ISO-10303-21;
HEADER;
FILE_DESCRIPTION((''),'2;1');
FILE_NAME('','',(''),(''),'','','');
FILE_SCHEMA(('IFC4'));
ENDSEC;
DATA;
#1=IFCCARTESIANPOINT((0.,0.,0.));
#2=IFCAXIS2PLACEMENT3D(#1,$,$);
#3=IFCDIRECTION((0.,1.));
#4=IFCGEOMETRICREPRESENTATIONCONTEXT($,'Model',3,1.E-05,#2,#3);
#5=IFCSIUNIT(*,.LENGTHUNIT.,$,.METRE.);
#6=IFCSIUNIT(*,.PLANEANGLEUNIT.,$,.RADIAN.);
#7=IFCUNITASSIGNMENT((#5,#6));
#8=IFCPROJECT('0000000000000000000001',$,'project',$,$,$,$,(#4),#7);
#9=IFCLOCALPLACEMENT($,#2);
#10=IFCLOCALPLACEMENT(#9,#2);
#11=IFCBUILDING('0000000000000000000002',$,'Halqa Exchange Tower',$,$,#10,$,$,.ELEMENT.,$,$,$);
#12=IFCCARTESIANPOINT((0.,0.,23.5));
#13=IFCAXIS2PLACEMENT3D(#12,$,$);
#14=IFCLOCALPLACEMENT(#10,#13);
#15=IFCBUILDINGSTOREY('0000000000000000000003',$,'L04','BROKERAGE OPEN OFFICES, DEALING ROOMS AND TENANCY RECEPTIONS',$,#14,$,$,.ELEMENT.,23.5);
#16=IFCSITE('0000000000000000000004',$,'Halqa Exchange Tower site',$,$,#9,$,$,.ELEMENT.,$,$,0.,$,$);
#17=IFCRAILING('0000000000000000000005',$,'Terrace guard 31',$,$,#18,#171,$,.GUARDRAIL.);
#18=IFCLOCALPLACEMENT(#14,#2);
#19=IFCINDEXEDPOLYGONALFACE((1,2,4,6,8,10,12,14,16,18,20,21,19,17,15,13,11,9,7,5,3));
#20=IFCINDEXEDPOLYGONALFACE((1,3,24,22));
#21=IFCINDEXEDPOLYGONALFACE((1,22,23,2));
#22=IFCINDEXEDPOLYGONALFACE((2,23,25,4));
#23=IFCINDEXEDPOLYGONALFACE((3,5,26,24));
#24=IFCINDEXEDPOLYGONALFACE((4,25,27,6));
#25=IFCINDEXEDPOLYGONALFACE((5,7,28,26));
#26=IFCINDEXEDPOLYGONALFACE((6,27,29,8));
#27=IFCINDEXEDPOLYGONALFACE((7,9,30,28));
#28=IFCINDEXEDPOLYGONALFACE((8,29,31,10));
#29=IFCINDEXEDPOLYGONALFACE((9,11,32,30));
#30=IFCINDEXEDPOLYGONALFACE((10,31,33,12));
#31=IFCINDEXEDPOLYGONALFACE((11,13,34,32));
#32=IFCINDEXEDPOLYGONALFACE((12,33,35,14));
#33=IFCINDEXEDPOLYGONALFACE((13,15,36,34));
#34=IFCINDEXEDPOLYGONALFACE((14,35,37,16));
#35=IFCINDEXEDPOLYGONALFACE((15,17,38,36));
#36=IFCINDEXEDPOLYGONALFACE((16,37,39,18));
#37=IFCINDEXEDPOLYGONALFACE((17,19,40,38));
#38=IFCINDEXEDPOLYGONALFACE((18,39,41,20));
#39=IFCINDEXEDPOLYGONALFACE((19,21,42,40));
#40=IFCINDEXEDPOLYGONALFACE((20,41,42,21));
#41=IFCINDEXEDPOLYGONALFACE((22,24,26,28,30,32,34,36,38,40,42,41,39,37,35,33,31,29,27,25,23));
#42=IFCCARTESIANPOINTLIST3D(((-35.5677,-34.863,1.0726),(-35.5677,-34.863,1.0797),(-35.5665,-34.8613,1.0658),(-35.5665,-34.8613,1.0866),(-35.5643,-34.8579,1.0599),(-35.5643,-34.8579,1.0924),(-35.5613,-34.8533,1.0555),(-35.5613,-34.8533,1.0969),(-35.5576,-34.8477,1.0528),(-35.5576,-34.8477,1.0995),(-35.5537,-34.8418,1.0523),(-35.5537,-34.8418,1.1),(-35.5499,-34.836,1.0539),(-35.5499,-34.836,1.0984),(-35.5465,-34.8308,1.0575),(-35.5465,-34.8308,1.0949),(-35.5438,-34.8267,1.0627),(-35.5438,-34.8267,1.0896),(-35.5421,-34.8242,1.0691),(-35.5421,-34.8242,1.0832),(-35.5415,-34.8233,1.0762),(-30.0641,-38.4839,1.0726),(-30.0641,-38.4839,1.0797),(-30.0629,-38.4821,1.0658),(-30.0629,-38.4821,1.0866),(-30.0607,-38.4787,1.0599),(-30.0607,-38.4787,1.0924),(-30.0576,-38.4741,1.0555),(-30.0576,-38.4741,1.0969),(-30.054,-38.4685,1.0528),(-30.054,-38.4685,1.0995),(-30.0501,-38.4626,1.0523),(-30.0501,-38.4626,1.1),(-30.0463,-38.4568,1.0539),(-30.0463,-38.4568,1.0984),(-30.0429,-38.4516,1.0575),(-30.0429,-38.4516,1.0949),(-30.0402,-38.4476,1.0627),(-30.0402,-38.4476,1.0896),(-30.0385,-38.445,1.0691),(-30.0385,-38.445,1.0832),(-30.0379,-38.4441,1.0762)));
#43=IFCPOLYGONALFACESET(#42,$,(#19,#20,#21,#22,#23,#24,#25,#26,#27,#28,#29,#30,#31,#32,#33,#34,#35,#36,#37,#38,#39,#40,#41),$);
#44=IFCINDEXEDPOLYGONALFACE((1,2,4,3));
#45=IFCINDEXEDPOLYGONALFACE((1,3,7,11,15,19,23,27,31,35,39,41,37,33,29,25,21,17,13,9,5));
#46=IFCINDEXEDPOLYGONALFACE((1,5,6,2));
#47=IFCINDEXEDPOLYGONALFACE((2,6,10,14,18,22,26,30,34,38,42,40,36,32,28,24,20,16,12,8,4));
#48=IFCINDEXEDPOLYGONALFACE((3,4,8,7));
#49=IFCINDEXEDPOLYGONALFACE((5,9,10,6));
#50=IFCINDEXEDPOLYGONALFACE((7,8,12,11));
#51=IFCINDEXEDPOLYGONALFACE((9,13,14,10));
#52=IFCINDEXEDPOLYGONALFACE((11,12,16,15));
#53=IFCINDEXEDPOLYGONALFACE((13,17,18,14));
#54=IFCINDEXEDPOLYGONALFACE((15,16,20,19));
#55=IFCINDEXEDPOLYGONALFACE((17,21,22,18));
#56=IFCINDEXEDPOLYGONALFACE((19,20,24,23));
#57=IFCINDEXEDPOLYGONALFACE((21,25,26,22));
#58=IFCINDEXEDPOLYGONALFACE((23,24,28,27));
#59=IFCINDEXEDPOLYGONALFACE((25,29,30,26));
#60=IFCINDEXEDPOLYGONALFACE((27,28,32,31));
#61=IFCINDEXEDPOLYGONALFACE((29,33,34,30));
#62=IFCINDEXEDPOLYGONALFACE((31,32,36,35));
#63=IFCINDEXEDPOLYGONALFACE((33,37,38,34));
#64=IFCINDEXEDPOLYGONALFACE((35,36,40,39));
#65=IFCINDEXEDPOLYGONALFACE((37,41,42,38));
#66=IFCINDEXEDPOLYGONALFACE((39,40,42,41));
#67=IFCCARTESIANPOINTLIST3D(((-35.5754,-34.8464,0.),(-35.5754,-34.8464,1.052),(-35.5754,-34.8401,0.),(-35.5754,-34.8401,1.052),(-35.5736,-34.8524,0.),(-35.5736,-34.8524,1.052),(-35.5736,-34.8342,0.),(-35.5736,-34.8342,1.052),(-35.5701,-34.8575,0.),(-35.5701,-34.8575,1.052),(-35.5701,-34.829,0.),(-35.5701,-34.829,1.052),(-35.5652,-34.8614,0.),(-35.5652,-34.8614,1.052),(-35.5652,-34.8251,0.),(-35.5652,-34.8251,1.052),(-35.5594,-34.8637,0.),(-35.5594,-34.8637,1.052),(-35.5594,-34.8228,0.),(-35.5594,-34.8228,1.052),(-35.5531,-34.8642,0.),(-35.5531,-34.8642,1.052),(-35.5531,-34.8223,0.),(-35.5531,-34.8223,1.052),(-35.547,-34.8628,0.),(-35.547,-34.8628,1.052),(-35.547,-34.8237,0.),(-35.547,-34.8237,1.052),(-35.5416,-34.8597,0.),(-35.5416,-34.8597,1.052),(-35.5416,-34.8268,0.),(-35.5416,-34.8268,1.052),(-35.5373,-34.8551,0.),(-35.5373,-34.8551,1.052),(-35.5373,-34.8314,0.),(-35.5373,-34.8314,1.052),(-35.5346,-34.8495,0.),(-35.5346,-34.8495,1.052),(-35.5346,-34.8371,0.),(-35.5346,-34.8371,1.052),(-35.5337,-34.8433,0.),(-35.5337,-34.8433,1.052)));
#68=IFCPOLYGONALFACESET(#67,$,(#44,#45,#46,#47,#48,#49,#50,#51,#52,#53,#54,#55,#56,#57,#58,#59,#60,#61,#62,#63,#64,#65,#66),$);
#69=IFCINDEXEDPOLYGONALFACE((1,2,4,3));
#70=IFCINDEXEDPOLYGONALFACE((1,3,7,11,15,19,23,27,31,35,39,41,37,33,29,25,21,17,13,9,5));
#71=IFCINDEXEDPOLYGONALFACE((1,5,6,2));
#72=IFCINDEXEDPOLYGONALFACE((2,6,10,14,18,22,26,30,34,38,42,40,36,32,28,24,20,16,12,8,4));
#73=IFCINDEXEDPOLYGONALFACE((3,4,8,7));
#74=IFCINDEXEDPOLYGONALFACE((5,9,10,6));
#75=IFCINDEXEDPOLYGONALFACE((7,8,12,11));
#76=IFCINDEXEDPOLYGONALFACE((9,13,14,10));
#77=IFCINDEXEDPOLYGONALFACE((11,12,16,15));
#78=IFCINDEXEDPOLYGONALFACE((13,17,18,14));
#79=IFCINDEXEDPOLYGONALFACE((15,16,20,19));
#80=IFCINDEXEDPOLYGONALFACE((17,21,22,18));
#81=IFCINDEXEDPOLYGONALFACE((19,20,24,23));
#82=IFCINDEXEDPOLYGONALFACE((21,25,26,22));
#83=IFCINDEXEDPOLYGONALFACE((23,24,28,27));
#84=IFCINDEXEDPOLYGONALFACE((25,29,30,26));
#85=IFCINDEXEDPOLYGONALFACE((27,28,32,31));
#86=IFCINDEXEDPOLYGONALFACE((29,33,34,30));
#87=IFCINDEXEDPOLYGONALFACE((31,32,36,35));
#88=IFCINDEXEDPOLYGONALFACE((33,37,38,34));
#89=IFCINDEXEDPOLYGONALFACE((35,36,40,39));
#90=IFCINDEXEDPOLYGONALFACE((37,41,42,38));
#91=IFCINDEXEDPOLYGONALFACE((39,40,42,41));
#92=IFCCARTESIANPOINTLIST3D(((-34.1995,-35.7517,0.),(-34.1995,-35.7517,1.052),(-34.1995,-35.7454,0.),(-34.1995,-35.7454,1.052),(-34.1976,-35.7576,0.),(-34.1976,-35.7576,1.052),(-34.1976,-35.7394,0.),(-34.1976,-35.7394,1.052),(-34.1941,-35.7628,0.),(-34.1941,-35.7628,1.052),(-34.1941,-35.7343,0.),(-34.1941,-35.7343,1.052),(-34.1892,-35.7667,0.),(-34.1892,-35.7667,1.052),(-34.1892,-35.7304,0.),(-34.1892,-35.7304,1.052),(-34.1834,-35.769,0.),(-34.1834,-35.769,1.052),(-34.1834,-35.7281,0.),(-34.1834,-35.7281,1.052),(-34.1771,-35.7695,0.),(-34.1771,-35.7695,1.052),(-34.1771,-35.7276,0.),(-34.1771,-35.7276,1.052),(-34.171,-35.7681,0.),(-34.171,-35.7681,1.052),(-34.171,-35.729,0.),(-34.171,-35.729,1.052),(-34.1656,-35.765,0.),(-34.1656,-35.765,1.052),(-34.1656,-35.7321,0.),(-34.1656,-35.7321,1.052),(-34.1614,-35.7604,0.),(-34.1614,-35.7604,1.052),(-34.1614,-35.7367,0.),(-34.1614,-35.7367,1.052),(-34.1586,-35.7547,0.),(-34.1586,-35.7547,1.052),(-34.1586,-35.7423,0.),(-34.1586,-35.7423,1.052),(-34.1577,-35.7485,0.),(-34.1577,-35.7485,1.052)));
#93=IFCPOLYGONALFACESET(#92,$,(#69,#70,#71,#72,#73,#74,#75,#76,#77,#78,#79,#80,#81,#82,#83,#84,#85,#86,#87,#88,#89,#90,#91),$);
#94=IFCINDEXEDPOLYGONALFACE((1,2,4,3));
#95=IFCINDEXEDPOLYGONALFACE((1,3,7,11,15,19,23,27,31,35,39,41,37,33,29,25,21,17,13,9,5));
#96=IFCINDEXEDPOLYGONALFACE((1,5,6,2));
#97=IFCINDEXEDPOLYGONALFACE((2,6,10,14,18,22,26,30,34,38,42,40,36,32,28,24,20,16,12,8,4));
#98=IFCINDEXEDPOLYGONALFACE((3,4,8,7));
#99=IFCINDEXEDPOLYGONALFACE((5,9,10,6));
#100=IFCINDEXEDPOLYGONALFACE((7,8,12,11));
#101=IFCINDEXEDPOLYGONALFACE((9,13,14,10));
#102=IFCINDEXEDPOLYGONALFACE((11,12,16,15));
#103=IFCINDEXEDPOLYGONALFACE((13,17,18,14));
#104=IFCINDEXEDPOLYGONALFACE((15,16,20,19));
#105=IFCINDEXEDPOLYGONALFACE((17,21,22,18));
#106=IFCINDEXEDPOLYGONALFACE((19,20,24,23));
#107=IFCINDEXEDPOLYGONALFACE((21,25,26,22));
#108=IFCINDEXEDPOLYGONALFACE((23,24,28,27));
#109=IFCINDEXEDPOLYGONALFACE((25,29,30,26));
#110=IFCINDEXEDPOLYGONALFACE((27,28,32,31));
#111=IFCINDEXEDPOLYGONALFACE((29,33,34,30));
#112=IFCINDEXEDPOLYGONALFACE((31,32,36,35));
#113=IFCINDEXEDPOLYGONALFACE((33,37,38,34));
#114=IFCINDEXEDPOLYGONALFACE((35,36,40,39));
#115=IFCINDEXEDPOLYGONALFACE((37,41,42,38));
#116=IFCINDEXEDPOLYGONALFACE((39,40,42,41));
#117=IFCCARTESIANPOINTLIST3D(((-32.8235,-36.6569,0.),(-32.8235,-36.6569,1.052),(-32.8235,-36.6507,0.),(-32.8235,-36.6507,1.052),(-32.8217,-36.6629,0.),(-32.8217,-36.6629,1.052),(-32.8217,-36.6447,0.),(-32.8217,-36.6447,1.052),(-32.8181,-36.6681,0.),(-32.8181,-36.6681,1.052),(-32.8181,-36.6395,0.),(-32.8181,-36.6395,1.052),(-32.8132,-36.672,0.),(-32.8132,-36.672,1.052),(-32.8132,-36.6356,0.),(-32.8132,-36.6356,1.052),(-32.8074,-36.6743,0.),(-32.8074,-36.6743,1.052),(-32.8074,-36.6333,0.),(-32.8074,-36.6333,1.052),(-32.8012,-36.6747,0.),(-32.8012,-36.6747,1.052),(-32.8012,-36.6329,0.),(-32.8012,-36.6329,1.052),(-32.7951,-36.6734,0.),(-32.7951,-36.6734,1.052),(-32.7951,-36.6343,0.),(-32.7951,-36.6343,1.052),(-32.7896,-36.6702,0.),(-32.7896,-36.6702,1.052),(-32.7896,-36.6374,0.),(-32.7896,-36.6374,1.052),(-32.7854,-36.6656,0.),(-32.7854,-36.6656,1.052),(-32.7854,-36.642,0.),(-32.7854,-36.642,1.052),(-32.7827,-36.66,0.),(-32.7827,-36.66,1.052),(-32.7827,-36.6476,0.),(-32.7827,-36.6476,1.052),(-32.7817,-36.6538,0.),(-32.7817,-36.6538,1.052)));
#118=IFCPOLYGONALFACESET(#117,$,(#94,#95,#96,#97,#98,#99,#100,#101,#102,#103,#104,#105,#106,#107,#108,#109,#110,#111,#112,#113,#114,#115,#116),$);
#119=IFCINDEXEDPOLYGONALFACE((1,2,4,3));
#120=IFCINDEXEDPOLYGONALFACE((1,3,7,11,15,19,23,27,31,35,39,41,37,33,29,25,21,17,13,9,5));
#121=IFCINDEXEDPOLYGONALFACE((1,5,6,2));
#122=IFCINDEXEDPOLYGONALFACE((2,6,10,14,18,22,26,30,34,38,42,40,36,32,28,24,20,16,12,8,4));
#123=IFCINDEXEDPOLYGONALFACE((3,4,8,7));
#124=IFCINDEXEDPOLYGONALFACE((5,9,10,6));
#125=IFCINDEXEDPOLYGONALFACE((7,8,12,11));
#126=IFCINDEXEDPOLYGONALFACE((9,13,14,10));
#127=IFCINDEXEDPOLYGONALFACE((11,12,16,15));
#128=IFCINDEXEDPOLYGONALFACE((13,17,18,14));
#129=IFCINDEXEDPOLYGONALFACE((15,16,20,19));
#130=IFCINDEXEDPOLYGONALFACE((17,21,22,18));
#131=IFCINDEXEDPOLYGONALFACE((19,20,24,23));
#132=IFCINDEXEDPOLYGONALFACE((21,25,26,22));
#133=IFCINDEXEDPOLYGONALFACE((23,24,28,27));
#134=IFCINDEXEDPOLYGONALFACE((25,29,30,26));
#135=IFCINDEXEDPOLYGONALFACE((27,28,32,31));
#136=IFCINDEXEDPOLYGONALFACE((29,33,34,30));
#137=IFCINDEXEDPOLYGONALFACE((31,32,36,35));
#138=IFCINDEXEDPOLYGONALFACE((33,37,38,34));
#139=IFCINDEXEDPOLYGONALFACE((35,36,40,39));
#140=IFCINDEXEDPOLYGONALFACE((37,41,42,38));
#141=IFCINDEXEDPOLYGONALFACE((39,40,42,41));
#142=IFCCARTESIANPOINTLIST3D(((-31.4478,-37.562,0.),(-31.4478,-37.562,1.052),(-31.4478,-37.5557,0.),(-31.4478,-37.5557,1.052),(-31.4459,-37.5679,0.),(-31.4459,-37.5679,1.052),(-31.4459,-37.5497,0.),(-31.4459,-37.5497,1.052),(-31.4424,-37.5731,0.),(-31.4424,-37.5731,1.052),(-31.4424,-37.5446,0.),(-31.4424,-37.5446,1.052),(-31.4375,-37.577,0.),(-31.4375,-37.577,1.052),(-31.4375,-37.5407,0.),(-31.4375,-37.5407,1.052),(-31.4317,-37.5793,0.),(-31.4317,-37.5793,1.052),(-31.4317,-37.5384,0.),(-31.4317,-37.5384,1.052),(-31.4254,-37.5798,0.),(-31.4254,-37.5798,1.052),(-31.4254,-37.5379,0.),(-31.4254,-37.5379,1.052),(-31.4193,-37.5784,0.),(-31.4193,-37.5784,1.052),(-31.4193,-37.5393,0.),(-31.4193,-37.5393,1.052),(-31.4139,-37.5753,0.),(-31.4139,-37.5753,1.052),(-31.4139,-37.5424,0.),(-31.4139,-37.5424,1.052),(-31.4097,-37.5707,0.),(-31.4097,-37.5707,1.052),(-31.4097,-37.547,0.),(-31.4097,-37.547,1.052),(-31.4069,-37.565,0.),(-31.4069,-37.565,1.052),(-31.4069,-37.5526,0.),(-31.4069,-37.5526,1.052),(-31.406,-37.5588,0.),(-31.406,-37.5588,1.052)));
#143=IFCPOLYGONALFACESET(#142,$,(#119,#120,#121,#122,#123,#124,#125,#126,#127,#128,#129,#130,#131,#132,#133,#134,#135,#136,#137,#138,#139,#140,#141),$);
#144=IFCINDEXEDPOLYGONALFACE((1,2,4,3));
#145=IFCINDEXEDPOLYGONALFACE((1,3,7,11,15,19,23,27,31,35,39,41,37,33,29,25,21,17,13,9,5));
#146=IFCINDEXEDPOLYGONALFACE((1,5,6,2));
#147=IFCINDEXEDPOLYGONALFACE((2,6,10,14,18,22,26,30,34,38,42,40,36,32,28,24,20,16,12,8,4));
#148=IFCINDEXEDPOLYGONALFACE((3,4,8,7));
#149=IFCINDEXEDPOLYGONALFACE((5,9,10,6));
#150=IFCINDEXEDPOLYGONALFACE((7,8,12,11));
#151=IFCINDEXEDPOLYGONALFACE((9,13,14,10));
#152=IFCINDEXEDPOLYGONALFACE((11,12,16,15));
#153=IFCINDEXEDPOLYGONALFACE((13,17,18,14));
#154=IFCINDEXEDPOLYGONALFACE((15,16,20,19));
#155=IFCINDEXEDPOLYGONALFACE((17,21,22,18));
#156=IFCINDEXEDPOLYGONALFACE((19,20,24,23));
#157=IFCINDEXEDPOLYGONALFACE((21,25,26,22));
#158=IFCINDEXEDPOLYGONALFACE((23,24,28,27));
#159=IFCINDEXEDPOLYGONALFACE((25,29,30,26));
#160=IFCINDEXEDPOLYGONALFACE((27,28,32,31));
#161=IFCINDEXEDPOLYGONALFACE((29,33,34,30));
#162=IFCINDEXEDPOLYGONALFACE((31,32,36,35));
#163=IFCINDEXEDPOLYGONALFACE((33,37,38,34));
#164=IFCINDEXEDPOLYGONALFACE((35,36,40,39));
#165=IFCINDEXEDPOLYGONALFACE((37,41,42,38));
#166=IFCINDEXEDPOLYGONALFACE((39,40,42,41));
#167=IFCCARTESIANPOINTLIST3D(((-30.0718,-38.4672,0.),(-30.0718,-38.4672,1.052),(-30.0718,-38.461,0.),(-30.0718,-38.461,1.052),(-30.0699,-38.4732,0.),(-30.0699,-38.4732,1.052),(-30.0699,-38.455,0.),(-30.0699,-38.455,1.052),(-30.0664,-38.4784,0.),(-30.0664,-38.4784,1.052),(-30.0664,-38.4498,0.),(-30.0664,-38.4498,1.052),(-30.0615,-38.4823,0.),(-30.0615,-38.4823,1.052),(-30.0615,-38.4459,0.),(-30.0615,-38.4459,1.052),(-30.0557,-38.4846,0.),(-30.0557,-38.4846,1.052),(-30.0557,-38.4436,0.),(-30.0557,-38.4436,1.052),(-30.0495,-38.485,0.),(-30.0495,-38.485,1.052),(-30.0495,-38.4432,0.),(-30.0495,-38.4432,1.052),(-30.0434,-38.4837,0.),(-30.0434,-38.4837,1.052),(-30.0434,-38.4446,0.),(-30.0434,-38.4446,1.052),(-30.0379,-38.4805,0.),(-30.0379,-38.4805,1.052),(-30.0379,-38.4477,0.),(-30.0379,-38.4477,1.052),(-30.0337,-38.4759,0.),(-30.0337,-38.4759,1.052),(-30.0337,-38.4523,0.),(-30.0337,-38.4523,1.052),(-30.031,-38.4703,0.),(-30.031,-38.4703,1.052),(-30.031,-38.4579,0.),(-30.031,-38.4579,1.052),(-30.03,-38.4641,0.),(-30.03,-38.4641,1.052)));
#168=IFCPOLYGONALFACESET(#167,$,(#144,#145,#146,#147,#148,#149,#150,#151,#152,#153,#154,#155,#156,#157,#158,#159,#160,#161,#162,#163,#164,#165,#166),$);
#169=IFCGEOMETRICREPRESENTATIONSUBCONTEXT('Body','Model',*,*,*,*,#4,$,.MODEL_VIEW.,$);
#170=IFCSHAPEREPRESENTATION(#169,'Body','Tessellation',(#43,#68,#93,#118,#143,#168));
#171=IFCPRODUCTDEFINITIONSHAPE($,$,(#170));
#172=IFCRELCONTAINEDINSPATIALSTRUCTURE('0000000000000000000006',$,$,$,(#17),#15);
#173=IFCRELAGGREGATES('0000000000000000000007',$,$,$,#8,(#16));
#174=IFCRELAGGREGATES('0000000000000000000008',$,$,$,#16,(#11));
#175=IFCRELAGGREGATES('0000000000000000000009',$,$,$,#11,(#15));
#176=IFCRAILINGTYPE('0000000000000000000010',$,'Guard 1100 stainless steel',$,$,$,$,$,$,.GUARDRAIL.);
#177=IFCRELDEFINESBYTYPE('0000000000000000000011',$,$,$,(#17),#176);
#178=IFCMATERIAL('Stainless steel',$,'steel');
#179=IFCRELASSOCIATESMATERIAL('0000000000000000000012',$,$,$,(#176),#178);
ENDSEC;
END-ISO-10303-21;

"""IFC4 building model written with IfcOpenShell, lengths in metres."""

from ifc_helpers import new_model, si_unit, direction, frame, origin, origin_2d, place, context, subcontext, project, spatial, circle, extrude, material, type_object, element, save


model = new_model("IFC4")

# Units and contexts
model_context = context("Model", 3, precision=1e-05, world=origin(), true_north=direction((0.0, 1.0)))
body_context = subcontext(model_context, "Body", "Model", "MODEL_VIEW")
ifc_project = project(units=[si_unit("LENGTHUNIT", "METRE"), si_unit("PLANEANGLEUNIT", "RADIAN")], contexts=[model_context])

# Site, building, storey
site_placement = place(None, origin())
site = spatial("IfcSite", under=ifc_project, at=site_placement, Name="Halqa Exchange Tower site", CompositionType="ELEMENT", RefElevation=0.0)
building_placement = place(site_placement, origin())
building = spatial("IfcBuilding", under=site, at=building_placement, Name="Halqa Exchange Tower", CompositionType="ELEMENT")
storey_placement = place(building_placement, frame((0.0, 0.0, 23.5)))
storey = spatial("IfcBuildingStorey", under=building, at=storey_placement, Name="L04", Description="BROKERAGE OPEN OFFICES, DEALING ROOMS AND TENANCY RECEPTIONS", CompositionType="ELEMENT", Elevation=23.5)

# Railing
ifc_material_1 = material(Name="Stainless steel", Category="steel")
railing_type = type_object("IfcRailingType", Name="Guard 1100 stainless steel", PredefinedType="GUARDRAIL", material=ifc_material_1)
railing_1_placement = place(storey_placement, frame((-35.5547, -34.8433, 0.0)))
element("IfcRailing", 1, at=railing_1_placement, inside=storey, type_object=railing_type, Name="Terrace guard 31", PredefinedType="GUARDRAIL", context=body_context, shape_type="SweptSolid", body=[
    extrude(circle(Radius=0.0239, at=origin_2d()), frame((0.0, 0.0, 1.0762), z_axis=(0.835416, -0.549619, 0.0), x_axis=(0.549619, 0.835416, 0.0)), (0.0, 0.0, 1.0), 6.5879),
    extrude(circle(Radius=0.021, at=origin_2d()), origin(), (0.0, 0.0, 1.0), 1.052),
    extrude(circle(Radius=0.021, at=origin_2d()), frame((1.376, -0.9053, 0.0)), (0.0, 0.0, 1.0), 1.052),
    extrude(circle(Radius=0.021, at=origin_2d()), frame((2.752, -1.8105, 0.0)), (0.0, 0.0, 1.0), 1.052),
    extrude(circle(Radius=0.021, at=origin_2d()), frame((4.1277, -2.7156, 0.0)), (0.0, 0.0, 1.0), 1.052),
    extrude(circle(Radius=0.021, at=origin_2d()), frame((5.5037, -3.6208, 0.0)), (0.0, 0.0, 1.0), 1.052),
])

save(model, "model.ifc")
